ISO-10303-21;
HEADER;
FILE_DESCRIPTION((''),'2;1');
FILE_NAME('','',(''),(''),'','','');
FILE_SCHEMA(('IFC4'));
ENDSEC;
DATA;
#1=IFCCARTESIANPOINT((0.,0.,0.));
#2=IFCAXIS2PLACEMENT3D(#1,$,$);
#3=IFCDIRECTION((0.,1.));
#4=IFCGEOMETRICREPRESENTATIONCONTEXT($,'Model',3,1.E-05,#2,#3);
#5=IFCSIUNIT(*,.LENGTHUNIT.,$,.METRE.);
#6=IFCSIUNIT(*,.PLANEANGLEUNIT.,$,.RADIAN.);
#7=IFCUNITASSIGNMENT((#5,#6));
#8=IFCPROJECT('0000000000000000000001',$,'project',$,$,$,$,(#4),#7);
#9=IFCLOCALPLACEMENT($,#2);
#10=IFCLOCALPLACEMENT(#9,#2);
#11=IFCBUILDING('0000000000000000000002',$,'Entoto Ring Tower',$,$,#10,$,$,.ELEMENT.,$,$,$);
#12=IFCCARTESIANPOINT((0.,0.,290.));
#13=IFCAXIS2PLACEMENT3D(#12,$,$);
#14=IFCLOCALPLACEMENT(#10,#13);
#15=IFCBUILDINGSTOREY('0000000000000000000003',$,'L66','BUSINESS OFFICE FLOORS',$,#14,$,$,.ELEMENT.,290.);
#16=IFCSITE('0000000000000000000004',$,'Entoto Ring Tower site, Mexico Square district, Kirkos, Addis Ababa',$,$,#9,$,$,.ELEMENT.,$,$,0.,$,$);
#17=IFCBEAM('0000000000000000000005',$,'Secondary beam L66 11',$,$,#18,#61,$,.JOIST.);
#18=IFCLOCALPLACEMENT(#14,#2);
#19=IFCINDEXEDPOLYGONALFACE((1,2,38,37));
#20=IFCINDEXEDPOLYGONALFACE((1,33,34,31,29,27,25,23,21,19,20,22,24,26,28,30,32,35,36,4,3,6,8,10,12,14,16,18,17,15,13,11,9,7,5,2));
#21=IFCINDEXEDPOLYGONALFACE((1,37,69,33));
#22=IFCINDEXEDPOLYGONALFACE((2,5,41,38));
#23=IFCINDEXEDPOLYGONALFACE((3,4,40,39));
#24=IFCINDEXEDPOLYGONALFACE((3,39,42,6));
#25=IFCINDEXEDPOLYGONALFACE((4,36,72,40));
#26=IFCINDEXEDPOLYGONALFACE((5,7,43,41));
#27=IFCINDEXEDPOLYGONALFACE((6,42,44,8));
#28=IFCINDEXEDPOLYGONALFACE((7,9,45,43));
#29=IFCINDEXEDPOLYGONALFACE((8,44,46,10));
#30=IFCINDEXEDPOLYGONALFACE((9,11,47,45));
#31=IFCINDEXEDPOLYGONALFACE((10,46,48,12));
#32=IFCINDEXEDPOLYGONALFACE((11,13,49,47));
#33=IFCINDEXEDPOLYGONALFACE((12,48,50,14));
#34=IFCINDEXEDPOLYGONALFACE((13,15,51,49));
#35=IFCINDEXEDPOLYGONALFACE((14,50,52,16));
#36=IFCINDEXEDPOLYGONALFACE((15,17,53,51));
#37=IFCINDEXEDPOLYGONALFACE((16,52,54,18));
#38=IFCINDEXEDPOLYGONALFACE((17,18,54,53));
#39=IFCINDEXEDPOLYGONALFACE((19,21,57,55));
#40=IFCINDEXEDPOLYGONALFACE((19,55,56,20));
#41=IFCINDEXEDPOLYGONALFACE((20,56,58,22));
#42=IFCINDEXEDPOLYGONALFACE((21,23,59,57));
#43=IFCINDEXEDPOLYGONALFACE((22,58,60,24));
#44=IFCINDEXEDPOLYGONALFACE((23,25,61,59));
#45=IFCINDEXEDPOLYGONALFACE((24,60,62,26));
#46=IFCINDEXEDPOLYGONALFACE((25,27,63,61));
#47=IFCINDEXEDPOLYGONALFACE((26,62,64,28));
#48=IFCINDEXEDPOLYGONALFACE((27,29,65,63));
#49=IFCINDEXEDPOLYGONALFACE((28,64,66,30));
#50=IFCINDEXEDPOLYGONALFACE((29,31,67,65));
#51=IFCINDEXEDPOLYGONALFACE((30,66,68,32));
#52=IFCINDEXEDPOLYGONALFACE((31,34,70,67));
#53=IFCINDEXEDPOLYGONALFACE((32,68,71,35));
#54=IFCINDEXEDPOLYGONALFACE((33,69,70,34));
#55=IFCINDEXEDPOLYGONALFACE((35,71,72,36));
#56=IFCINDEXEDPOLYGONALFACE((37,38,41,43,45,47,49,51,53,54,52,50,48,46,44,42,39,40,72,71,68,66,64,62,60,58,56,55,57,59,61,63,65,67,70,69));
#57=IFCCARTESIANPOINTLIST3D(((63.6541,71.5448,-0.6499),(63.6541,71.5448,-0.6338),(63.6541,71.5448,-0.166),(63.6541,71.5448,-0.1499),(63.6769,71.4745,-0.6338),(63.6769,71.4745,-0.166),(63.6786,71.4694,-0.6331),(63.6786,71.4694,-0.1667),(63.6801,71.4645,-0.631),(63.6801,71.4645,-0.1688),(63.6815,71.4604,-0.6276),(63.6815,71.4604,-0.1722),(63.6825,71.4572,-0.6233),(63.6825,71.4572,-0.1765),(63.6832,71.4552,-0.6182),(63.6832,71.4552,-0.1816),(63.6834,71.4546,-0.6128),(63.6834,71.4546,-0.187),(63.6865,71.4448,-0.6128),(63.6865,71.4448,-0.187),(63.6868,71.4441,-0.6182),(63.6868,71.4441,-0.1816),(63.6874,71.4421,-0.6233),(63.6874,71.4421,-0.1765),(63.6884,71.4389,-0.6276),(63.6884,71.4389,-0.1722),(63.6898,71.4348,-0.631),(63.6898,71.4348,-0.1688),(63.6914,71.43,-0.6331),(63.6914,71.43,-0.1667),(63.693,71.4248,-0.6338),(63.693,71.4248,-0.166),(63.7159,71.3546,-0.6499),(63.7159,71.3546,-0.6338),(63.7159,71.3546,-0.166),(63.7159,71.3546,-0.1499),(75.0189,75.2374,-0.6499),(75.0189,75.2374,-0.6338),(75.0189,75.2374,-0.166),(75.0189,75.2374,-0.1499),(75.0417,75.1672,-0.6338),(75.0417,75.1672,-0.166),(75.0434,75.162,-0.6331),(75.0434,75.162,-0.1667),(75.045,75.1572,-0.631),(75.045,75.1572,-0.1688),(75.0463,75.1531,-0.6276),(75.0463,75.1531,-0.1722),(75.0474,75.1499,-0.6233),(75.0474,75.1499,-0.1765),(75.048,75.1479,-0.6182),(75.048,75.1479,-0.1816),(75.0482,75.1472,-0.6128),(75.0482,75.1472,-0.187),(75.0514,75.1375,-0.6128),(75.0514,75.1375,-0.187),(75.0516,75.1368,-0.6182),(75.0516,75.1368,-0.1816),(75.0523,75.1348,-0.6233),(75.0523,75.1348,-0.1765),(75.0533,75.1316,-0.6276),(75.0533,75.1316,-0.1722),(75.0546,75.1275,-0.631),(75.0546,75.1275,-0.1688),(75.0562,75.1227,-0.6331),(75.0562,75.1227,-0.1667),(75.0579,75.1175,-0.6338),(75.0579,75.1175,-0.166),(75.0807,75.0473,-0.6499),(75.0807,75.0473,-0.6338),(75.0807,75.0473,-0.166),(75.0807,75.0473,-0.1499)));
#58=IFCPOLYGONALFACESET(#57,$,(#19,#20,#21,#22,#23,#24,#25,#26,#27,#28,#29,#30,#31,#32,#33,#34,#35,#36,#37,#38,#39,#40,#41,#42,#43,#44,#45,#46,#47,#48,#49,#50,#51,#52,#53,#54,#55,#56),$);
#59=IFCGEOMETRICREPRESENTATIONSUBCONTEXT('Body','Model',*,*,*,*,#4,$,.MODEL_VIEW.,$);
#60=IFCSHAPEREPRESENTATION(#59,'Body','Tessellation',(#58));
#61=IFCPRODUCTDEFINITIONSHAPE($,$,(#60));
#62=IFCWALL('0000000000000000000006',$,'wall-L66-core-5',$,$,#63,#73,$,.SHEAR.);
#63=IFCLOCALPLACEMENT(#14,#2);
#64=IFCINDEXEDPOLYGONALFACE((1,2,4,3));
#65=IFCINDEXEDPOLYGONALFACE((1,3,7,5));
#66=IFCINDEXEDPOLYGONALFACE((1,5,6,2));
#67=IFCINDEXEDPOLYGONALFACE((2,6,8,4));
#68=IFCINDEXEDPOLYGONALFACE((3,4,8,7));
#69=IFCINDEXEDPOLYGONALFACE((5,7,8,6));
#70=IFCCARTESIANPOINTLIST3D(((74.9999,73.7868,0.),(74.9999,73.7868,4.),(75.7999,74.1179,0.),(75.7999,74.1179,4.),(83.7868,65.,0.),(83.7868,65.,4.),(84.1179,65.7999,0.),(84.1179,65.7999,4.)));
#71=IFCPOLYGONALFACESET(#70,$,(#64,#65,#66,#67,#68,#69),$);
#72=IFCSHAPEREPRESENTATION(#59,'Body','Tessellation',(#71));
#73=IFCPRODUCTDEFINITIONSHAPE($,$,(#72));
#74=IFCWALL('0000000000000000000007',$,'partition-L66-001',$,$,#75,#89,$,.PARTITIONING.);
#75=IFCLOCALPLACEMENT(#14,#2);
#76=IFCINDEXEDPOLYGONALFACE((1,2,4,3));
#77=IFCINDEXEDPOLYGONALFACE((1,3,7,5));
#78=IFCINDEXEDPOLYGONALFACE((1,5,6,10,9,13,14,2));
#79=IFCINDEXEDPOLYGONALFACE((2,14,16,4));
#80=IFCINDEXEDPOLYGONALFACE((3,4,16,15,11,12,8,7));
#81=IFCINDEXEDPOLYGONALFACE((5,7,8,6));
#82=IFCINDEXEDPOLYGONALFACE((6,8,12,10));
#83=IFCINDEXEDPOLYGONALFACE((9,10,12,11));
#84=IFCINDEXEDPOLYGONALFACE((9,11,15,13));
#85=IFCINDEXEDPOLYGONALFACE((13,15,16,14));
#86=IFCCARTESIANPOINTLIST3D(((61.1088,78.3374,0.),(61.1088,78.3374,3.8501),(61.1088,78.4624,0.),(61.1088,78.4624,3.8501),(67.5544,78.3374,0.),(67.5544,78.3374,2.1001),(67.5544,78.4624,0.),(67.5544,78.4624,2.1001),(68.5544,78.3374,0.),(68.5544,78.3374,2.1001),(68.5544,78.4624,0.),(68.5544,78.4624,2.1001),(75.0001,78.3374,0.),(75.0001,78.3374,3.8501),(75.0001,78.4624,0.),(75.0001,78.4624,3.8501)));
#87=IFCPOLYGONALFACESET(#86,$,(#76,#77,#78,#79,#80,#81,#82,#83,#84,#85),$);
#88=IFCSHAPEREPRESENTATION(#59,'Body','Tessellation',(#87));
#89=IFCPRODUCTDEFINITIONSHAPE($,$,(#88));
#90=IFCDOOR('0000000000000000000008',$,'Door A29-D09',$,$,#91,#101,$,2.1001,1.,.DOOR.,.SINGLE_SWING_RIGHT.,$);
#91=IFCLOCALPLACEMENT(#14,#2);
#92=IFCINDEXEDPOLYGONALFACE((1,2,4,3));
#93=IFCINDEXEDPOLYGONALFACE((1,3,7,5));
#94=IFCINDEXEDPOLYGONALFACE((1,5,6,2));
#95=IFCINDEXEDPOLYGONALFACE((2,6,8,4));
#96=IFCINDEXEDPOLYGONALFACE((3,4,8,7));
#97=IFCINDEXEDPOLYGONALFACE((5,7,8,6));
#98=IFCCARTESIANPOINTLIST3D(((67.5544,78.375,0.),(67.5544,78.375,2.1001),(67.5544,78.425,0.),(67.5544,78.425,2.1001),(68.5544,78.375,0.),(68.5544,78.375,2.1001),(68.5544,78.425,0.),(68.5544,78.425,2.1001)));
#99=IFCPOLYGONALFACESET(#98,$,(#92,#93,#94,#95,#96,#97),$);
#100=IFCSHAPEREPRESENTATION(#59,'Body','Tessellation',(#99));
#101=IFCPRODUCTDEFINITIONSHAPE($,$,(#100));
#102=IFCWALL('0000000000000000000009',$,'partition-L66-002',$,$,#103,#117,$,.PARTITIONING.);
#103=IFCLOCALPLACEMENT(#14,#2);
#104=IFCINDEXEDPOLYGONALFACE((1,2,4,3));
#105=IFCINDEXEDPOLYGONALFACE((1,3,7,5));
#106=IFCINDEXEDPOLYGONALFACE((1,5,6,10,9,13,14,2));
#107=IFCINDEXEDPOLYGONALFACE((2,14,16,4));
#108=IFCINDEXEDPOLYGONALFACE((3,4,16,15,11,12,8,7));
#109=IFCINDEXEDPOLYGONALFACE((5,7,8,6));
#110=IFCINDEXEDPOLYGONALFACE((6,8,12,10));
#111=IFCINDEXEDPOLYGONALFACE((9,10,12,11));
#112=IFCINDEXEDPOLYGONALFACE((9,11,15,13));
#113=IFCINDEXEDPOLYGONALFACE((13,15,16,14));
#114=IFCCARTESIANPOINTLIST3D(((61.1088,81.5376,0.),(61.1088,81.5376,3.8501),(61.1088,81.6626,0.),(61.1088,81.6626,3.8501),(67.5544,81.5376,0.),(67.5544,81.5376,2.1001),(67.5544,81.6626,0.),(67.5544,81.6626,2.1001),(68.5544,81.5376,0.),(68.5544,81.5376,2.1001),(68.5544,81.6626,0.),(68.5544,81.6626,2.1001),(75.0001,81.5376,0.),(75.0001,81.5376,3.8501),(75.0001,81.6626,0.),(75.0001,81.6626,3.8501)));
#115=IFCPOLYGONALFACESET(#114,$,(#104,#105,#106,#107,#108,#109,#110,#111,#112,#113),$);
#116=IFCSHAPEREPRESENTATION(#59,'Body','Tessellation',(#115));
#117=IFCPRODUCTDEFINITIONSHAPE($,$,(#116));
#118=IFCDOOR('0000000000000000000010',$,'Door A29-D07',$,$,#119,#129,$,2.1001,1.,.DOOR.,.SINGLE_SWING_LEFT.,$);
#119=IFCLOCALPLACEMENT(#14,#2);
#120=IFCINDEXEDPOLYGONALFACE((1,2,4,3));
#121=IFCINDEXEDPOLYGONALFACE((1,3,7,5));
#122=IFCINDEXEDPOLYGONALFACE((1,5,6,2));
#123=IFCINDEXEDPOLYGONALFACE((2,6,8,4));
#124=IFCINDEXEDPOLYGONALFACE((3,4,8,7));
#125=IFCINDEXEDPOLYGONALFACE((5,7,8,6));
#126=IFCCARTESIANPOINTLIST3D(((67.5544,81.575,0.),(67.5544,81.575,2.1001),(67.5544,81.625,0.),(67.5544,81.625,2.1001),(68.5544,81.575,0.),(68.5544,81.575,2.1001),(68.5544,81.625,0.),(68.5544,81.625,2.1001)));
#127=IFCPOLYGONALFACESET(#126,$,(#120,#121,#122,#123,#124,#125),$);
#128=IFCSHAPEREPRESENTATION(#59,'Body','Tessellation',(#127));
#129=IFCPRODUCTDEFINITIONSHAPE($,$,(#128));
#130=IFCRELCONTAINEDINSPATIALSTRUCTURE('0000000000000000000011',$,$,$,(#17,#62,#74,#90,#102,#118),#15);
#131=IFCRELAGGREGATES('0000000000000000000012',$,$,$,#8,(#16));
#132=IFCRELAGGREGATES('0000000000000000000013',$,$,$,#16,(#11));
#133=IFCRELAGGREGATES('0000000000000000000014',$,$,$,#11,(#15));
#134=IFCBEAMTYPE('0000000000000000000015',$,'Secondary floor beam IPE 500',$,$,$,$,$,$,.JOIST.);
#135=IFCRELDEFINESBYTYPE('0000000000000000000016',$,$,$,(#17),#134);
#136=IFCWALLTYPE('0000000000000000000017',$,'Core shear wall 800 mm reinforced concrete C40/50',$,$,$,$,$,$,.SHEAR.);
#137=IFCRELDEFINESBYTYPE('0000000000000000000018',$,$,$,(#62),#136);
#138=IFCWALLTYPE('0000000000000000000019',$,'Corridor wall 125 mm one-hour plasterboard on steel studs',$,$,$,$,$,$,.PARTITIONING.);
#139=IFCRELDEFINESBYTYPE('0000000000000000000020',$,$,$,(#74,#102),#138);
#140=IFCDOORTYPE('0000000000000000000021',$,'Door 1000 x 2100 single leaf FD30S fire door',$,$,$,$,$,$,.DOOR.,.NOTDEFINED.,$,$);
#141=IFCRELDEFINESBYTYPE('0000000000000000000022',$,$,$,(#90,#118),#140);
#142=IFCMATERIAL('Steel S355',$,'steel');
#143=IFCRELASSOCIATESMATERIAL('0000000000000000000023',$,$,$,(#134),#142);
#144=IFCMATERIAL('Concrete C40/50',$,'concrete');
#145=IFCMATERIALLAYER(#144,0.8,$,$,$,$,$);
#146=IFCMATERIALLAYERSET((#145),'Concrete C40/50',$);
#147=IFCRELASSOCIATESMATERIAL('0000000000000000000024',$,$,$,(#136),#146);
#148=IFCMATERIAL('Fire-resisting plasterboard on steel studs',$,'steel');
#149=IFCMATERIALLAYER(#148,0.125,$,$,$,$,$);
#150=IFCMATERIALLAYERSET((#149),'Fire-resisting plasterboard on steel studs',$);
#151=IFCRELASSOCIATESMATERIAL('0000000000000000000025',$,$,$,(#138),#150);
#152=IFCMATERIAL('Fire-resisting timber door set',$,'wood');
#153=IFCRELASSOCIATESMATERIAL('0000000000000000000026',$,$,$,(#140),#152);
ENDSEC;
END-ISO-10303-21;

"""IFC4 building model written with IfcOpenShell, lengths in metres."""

from ifc_helpers import new_model, si_unit, direction, frame, frame_2d, origin, origin_2d, place, context, subcontext, project, spatial, polyline, rectangle, i_section, outline, extrude, material, layer, layer_set, material_profile, profile_set, type_object, element, fill, save


model = new_model("IFC4")

# Units and contexts
model_context = context("Model", 3, precision=1e-05, world=origin(), true_north=direction((0.0, 1.0)))
body_context = subcontext(model_context, "Body", "Model", "MODEL_VIEW")
ifc_project = project(units=[si_unit("LENGTHUNIT", "METRE"), si_unit("PLANEANGLEUNIT", "RADIAN")], contexts=[model_context])

# Site, building, storey
site_placement = place(None, origin())
site = spatial("IfcSite", under=ifc_project, at=site_placement, Name="Entoto Ring Tower site, Mexico Square district, Kirkos, Addis Ababa", CompositionType="ELEMENT", RefElevation=0.0)
building_placement = place(site_placement, origin())
building = spatial("IfcBuilding", under=site, at=building_placement, Name="Entoto Ring Tower", CompositionType="ELEMENT")
storey_placement = place(building_placement, frame((0.0, 0.0, 290.0)))
storey = spatial("IfcBuildingStorey", under=building, at=storey_placement, Name="L66", Description="BUSINESS OFFICE FLOORS", CompositionType="ELEMENT", Elevation=290.0)

# Beam
ifc_material_1 = material(Name="Steel S355", Category="steel")
ifc_material_profile_1 = material_profile(ifc_material_1, i_section(OverallWidth=0.2, OverallDepth=0.5, WebThickness=0.0103, FlangeThickness=0.0161, FilletRadius=0.021, at=origin_2d()), Name="IPE 500")
ifc_profile_set_1 = profile_set([ifc_material_profile_1], Name="Steel S355")
beam_type_1 = type_object("IfcBeamType", Name="Secondary floor beam IPE 500", PredefinedType="JOIST", material=ifc_profile_set_1)
beam_1_placement = place(storey_placement, frame((75.0498, 75.1423, -0.3999), z_axis=(-0.951057, -0.309017, 0.0), x_axis=(0.309017, -0.951057, 0.0)))
element("IfcBeam", 1, at=beam_1_placement, inside=storey, type_object=beam_type_1, Name="Secondary beam L66 11", PredefinedType="JOIST", context=body_context, shape_type="SweptSolid", body=[
    extrude(i_section(OverallWidth=0.2, OverallDepth=0.5, WebThickness=0.0103, FlangeThickness=0.0161, FilletRadius=0.021, at=origin_2d()), origin(), (0.0, 0.0, 1.0), 11.9497),
])

# Wall
ifc_material_2 = material(Name="Concrete C40/50", Category="concrete")
ifc_layer_1 = layer(ifc_material_2, 0.8)
ifc_layer_set_1 = layer_set([ifc_layer_1], Name="Concrete C40/50")
wall_type_1 = type_object("IfcWallType", Name="Core shear wall 800 mm reinforced concrete C40/50", PredefinedType="SHEAR", material=ifc_layer_set_1)
wall_1_placement = place(storey_placement, frame((75.3999, 73.9524, 0.0), z_axis=(0.0, 0.0, 1.0), x_axis=(0.707107, -0.707107, 0.0)))
element("IfcWall", 2, at=wall_1_placement, inside=storey, type_object=wall_type_1, Name="wall-L66-core-5", PredefinedType="SHEAR", context=body_context, shape_type="SweptSolid", body=[
    extrude(outline(polyline([(-0.1658, -0.3999), (12.2607, -0.3999), (11.9292, 0.3999), (0.1658, 0.3999), (-0.1658, -0.3999)])), origin(), (0.0, 0.0, 1.0), 4.0),
])

# Walls, openings, doors
ifc_material_3 = material(Name="Fire-resisting plasterboard on steel studs", Category="steel")
ifc_layer_2 = layer(ifc_material_3, 0.125)
ifc_layer_set_2 = layer_set([ifc_layer_2], Name="Fire-resisting plasterboard on steel studs")
wall_type_2 = type_object("IfcWallType", Name="Corridor wall 125 mm one-hour plasterboard on steel studs", PredefinedType="PARTITIONING", material=ifc_layer_set_2)
wall_2_placement = place(storey_placement, frame((61.1086, 78.3999, 0.0), z_axis=(0.0, 0.0, 1.0), x_axis=(1.0, 0.0, 0.0)))
wall_2 = element("IfcWall", 3, at=wall_2_placement, inside=storey, type_object=wall_type_2, Name="partition-L66-001", PredefinedType="PARTITIONING", context=body_context, shape_type="SweptSolid", body=[
    extrude(rectangle(XDim=13.8914, YDim=0.125, at=frame_2d((6.9458, 0.0))), origin(), (0.0, 0.0, 1.0), 3.8501),
])
opening_1_placement = place(wall_2_placement, frame((6.4458, 0.0, 0.0)))
opening_1 = element("IfcOpeningElement", 4, at=opening_1_placement, cuts=wall_2, PredefinedType="OPENING", context=body_context, shape_type="SweptSolid", body=[
    extrude(rectangle(XDim=1.0, YDim=2.1001, at=frame_2d((0.5, 1.05))), frame((0.0, 0.0725, 0.0), z_axis=(0.0, -1.0, 0.0), x_axis=(1.0, 0.0, 0.0)), (0.0, 0.0, 1.0), 0.145),
])
ifc_material_4 = material(Name="Fire-resisting timber door set", Category="wood")
door_type = type_object("IfcDoorType", Name="Door 1000 x 2100 single leaf FD30S fire door", OperationType="NOTDEFINED", PredefinedType="DOOR", material=ifc_material_4)
door_1_placement = place(opening_1_placement, frame((1.0, 0.0, 0.0), z_axis=(0.0, 0.0, 1.0), x_axis=(-1.0, 0.0, 0.0)))
door_1 = element("IfcDoor", 5, at=door_1_placement, inside=storey, type_object=door_type, Name="Door A29-D09", OperationType="SINGLE_SWING_RIGHT", OverallHeight=2.1001, OverallWidth=1.0, PredefinedType="DOOR", context=body_context, shape_type="SweptSolid", body=[
    extrude(rectangle(XDim=1.0, YDim=2.1001, at=frame_2d((0.5, 1.05))), frame((0.0, 0.0249, 0.0), z_axis=(0.0, -1.0, 0.0), x_axis=(1.0, 0.0, 0.0)), (0.0, 0.0, 1.0), 0.05),
])
fill(opening_1, door_1)
wall_3_placement = place(storey_placement, frame((61.1086, 81.6001, 0.0), z_axis=(0.0, 0.0, 1.0), x_axis=(1.0, 0.0, 0.0)))
wall_3 = element("IfcWall", 6, at=wall_3_placement, inside=storey, type_object=wall_type_2, Name="partition-L66-002", PredefinedType="PARTITIONING", context=body_context, shape_type="SweptSolid", body=[
    extrude(rectangle(XDim=13.8914, YDim=0.125, at=frame_2d((6.9458, 0.0))), origin(), (0.0, 0.0, 1.0), 3.8501),
])
opening_2_placement = place(wall_3_placement, frame((6.4458, 0.0, 0.0)))
opening_2 = element("IfcOpeningElement", 7, at=opening_2_placement, cuts=wall_3, PredefinedType="OPENING", context=body_context, shape_type="SweptSolid", body=[
    extrude(rectangle(XDim=1.0, YDim=2.1001, at=frame_2d((0.5, 1.05))), frame((0.0, 0.0725, 0.0), z_axis=(0.0, -1.0, 0.0), x_axis=(1.0, 0.0, 0.0)), (0.0, 0.0, 1.0), 0.145),
])
door_2_placement = place(opening_2_placement, origin())
door_2 = element("IfcDoor", 8, at=door_2_placement, inside=storey, type_object=door_type, Name="Door A29-D07", OperationType="SINGLE_SWING_LEFT", OverallHeight=2.1001, OverallWidth=1.0, PredefinedType="DOOR", context=body_context, shape_type="SweptSolid", body=[
    extrude(rectangle(XDim=1.0, YDim=2.1001, at=frame_2d((0.5, 1.05))), frame((0.0, 0.0249, 0.0), z_axis=(0.0, -1.0, 0.0), x_axis=(1.0, 0.0, 0.0)), (0.0, 0.0, 1.0), 0.05),
])
fill(opening_2, door_2)

save(model, "model.ifc")
